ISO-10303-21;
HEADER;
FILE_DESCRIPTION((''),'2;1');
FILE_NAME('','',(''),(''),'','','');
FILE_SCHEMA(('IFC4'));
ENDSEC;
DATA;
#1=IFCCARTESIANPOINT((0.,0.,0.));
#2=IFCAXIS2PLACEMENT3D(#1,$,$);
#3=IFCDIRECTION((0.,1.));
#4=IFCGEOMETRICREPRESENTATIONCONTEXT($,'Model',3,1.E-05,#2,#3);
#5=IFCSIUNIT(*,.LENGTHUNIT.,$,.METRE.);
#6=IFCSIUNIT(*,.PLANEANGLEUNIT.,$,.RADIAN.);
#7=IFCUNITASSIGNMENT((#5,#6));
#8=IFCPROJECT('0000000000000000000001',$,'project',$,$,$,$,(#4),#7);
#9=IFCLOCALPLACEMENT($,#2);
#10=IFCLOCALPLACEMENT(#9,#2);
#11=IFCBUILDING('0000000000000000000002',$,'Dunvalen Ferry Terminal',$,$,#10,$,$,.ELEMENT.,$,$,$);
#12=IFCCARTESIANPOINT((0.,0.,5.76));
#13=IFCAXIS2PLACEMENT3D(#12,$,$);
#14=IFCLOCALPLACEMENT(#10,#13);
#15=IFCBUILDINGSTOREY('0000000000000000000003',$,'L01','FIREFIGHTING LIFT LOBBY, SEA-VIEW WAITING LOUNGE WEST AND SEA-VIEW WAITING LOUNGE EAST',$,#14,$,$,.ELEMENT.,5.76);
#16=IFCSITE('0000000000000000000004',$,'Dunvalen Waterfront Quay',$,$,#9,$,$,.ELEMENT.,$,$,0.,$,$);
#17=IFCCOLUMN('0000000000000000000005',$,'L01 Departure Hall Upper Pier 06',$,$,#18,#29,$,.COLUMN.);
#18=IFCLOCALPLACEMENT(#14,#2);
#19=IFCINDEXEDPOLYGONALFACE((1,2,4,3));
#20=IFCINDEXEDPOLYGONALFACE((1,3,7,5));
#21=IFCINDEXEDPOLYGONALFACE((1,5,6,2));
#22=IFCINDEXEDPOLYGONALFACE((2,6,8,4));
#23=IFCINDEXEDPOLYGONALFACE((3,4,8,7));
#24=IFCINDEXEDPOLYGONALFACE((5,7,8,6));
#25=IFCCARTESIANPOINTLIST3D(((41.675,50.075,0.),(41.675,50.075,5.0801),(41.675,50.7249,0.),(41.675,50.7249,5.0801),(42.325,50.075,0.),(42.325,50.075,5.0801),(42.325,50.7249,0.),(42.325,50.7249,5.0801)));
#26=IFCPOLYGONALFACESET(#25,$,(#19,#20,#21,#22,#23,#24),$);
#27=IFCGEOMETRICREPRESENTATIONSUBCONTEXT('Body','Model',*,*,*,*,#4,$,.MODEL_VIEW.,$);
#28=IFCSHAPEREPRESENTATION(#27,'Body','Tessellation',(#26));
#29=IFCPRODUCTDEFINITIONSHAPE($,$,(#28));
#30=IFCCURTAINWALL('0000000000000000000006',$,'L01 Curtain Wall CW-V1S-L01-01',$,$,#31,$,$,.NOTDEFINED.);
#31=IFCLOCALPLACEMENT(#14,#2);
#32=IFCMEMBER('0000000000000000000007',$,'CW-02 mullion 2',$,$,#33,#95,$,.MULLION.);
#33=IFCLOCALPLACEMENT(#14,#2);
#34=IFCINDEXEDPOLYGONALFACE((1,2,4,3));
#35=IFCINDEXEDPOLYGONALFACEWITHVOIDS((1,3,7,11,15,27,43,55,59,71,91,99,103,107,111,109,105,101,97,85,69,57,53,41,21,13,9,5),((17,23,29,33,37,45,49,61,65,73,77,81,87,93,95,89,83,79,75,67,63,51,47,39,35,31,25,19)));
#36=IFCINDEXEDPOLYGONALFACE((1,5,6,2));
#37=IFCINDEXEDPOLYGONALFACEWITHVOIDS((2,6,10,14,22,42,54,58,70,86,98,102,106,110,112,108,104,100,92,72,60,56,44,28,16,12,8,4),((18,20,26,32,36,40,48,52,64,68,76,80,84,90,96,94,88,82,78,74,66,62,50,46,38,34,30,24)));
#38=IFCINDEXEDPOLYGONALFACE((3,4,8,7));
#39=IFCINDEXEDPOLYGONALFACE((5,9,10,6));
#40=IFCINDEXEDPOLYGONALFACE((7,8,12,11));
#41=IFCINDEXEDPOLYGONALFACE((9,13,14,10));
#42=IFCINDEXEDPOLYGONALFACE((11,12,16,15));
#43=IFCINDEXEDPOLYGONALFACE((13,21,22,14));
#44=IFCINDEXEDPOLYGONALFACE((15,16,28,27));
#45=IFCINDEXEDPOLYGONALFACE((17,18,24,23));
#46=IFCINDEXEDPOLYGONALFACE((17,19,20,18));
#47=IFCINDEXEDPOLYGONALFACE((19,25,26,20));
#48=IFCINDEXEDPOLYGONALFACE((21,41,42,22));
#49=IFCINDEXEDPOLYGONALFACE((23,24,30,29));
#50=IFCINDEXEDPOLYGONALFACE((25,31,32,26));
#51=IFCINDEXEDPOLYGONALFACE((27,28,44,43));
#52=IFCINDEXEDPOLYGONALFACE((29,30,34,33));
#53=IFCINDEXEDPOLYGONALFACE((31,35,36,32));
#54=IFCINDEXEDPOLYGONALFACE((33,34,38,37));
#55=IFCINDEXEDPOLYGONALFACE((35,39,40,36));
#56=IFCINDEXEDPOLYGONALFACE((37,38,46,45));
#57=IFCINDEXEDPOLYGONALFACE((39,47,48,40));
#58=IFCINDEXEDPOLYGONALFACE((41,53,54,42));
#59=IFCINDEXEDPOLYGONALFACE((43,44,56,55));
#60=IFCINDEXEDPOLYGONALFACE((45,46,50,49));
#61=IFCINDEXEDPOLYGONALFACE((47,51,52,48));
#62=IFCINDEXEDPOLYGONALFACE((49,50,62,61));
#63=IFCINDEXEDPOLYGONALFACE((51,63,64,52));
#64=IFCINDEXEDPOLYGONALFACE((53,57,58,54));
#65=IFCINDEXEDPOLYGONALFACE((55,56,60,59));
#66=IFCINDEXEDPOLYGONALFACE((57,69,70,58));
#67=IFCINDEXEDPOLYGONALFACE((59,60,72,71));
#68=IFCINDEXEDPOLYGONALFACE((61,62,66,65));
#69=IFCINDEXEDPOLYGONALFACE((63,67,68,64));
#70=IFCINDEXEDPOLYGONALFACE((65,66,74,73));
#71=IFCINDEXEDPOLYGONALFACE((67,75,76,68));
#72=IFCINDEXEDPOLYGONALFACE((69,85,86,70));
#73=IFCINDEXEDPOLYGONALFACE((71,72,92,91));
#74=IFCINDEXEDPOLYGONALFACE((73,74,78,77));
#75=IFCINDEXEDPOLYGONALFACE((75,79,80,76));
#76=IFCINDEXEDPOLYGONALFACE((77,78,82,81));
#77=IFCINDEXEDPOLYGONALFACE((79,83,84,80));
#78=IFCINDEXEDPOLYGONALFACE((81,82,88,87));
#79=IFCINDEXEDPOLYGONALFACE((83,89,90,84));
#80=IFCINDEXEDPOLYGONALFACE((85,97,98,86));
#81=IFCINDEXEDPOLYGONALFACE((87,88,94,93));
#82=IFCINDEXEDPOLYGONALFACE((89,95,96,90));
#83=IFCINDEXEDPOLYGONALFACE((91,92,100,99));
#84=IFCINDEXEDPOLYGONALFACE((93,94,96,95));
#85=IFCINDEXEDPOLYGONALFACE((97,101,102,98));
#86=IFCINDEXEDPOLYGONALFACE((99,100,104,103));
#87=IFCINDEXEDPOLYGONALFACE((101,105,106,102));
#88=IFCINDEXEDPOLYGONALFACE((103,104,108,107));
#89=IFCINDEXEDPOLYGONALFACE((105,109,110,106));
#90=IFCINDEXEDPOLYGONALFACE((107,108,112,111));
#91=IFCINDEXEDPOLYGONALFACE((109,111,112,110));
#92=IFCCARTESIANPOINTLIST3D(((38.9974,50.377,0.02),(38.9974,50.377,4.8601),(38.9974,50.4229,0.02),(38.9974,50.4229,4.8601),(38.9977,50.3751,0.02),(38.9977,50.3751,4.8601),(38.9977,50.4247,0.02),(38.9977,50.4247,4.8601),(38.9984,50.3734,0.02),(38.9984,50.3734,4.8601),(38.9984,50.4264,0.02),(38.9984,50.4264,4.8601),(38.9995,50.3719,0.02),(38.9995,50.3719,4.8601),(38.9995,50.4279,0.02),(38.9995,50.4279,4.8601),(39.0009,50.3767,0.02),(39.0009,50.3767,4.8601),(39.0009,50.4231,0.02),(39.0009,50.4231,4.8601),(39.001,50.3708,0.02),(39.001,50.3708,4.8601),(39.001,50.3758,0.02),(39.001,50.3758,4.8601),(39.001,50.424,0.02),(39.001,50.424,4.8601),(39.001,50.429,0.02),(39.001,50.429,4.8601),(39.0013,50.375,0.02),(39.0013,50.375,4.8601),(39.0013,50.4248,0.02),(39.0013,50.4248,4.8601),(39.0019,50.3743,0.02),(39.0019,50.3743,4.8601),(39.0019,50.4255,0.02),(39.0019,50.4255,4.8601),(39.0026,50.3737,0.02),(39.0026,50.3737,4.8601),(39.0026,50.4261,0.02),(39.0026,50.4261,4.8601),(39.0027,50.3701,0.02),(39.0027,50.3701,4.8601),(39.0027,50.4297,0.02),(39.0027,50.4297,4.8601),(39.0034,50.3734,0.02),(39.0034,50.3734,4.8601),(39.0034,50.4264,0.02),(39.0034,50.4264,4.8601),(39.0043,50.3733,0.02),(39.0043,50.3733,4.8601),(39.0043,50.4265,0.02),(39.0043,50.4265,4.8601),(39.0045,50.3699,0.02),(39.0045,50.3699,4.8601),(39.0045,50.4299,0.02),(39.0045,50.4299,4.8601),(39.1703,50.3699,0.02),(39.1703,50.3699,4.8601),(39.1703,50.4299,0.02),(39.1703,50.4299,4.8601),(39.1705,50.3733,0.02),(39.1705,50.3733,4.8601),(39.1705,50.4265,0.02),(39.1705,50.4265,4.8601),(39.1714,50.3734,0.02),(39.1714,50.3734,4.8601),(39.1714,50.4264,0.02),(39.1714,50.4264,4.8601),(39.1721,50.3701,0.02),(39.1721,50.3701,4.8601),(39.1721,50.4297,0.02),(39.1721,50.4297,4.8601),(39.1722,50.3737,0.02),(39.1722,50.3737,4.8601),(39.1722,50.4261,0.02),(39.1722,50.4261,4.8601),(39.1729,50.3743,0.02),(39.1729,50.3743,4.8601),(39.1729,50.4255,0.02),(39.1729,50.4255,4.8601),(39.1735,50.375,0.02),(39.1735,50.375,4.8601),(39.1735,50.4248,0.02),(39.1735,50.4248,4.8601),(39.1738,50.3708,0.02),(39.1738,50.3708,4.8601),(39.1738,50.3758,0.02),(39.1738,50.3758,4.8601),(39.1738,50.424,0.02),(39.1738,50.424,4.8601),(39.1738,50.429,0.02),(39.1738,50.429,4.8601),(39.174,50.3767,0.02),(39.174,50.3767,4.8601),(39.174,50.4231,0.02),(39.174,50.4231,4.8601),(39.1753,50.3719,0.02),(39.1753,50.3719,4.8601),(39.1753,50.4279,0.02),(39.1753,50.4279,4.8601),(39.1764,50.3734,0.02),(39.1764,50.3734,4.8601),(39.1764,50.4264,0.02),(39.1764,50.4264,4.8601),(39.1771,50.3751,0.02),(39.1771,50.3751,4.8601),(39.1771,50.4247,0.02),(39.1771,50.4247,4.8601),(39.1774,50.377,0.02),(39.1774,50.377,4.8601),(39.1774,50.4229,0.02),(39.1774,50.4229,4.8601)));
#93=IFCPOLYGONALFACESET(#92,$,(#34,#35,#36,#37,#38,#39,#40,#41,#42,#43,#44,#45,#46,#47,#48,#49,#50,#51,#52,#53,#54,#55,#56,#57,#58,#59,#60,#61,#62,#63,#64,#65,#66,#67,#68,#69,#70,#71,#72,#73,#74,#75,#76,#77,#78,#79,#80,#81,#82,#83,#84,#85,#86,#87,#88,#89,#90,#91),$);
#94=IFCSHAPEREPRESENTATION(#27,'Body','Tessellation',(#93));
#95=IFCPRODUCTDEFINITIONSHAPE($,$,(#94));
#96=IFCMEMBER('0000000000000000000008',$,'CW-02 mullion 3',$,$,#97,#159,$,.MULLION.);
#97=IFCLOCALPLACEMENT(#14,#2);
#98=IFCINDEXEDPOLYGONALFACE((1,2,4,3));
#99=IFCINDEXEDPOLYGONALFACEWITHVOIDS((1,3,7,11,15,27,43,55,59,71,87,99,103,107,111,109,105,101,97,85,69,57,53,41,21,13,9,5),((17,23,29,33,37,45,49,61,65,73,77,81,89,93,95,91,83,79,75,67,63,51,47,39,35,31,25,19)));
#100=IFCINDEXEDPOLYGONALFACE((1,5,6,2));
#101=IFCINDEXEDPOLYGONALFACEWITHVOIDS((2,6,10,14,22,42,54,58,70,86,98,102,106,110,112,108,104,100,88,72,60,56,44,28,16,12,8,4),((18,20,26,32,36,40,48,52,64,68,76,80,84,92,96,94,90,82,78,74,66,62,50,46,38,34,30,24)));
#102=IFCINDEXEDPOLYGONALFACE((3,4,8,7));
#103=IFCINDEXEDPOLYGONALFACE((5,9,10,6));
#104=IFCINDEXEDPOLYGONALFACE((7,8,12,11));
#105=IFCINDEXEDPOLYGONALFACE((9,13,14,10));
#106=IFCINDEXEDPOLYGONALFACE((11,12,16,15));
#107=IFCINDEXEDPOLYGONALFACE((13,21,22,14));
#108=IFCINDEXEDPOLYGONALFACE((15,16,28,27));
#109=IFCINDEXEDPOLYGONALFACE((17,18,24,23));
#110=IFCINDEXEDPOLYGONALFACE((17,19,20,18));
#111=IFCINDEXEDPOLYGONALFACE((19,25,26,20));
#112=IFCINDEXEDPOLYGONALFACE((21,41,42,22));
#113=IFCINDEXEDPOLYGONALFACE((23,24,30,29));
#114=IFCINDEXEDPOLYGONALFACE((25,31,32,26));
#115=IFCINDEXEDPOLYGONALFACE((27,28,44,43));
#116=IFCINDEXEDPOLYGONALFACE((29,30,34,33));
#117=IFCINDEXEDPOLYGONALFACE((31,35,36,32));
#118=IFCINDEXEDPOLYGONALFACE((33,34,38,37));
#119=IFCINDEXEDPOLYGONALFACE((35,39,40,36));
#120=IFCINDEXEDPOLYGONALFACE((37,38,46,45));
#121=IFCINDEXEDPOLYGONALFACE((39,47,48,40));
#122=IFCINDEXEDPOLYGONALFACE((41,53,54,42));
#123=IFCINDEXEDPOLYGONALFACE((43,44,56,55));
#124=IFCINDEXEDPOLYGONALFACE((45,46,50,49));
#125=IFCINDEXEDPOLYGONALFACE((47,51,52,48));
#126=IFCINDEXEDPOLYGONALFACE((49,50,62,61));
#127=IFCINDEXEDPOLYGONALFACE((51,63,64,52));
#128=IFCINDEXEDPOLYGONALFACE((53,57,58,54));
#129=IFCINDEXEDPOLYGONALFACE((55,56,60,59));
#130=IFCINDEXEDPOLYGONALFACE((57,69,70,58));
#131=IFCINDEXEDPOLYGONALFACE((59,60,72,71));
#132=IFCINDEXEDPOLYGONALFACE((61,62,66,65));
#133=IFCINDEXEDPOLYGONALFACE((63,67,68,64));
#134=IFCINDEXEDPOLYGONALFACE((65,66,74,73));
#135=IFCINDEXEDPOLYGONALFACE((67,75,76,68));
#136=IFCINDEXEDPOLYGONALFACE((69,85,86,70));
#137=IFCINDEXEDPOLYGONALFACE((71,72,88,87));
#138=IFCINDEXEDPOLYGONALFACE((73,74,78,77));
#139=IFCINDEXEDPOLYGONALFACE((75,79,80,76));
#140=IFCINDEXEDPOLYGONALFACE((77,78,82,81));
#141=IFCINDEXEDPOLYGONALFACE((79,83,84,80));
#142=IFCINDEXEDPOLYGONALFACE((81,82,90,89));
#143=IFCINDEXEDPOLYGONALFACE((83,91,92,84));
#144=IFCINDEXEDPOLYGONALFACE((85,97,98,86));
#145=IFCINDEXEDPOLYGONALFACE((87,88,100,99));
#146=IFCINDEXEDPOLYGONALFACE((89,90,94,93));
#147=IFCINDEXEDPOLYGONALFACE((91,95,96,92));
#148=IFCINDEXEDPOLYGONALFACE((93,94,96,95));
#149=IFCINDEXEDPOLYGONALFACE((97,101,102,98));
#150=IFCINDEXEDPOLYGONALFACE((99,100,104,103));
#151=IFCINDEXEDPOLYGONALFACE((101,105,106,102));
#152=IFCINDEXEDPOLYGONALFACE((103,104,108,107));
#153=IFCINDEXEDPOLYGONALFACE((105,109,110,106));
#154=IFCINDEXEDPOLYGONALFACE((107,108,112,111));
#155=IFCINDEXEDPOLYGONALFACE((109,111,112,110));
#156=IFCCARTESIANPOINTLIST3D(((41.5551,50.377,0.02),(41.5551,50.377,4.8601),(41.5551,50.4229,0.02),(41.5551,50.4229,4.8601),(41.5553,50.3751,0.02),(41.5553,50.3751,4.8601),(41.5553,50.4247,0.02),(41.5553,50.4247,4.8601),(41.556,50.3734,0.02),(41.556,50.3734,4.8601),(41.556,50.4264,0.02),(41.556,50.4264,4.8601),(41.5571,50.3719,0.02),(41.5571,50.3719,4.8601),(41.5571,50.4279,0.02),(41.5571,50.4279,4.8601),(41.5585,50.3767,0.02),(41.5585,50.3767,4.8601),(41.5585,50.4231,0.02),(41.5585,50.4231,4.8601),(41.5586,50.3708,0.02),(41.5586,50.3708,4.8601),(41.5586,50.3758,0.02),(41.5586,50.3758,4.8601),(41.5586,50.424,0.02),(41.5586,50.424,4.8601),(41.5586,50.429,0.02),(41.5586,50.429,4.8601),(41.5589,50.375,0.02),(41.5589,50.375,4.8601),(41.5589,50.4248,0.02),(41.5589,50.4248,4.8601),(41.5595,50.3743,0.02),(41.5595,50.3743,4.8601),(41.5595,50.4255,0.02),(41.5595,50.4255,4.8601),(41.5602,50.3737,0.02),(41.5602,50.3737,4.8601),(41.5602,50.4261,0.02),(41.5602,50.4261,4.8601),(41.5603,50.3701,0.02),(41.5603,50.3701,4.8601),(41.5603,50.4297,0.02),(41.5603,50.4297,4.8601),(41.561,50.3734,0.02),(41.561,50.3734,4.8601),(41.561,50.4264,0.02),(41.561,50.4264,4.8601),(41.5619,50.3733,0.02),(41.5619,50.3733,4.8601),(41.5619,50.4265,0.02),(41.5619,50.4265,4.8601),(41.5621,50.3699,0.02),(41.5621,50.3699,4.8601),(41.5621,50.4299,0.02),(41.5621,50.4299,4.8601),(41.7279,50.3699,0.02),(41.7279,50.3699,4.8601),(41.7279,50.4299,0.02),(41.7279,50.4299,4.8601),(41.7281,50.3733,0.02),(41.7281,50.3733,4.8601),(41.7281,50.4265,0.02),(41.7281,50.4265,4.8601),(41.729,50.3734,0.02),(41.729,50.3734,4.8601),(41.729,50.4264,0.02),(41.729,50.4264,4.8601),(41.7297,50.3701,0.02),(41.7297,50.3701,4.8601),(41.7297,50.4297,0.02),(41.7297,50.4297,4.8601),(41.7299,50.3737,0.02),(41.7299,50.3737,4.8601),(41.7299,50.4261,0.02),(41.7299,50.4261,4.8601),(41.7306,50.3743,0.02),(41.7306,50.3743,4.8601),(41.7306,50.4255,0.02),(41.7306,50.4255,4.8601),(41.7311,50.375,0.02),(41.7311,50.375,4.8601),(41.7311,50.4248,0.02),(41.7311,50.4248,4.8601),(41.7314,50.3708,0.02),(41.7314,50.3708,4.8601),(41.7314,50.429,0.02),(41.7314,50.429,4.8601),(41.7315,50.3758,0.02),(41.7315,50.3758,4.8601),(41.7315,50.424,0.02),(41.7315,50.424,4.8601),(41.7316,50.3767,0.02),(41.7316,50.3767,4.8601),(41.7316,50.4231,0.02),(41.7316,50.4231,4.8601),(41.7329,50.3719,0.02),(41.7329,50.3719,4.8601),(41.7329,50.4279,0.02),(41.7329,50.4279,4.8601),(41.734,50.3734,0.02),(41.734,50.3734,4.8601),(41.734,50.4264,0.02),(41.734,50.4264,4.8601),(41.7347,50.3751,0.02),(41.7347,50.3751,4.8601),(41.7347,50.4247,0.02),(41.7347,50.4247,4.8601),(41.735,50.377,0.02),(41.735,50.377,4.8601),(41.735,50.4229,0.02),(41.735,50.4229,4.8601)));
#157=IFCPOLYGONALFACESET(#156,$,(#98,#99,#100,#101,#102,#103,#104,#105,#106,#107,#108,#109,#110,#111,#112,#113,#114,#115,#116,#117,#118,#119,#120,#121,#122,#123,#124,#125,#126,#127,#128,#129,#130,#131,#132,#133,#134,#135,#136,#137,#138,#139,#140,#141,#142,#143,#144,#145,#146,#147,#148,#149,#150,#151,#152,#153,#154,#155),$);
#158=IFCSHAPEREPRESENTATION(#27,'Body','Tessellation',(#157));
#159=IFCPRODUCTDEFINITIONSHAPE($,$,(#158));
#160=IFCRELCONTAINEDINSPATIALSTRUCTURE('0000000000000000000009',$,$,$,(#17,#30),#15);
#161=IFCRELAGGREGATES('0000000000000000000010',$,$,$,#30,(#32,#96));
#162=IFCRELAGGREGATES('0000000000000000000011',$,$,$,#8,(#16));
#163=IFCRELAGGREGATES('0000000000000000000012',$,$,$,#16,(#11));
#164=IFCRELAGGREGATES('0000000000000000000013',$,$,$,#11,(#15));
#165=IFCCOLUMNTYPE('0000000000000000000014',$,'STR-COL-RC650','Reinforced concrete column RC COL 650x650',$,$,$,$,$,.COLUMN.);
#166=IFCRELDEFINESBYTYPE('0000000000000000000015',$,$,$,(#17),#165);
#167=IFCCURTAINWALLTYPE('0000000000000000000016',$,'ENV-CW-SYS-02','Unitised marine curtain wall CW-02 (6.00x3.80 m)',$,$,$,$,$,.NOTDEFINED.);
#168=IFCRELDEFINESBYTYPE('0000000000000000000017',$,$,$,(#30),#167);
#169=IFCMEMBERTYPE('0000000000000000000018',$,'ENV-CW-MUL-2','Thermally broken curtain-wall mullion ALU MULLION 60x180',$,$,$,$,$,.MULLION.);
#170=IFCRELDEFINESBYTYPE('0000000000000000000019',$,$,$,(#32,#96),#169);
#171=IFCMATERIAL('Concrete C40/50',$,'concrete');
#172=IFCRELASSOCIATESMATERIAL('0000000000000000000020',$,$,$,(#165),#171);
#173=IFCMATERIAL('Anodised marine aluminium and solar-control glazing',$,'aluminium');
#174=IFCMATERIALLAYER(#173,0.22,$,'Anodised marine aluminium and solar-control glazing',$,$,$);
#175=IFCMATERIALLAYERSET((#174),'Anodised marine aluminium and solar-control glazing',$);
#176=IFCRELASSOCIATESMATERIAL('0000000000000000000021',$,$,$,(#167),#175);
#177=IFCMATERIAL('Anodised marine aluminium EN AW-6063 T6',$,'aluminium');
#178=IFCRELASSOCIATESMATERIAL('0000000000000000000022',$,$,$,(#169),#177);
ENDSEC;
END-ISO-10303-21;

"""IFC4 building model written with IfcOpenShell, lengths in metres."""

from ifc_helpers import new_model, si_unit, direction, frame, origin, origin_2d, place, context, subcontext, project, spatial, rectangle, hollow_rectangle, extrude, material, layer, layer_set, material_profile, profile_set, type_object, element, aggregate, save


model = new_model("IFC4")

# Units and contexts
model_context = context("Model", 3, precision=1e-05, world=origin(), true_north=direction((0.0, 1.0)))
body_context = subcontext(model_context, "Body", "Model", "MODEL_VIEW")
ifc_project = project(units=[si_unit("LENGTHUNIT", "METRE"), si_unit("PLANEANGLEUNIT", "RADIAN")], contexts=[model_context])

# Site, building, storey
site_placement = place(None, origin())
site = spatial("IfcSite", under=ifc_project, at=site_placement, Name="Dunvalen Waterfront Quay", CompositionType="ELEMENT", RefElevation=0.0)
building_placement = place(site_placement, origin())
building = spatial("IfcBuilding", under=site, at=building_placement, Name="Dunvalen Ferry Terminal", CompositionType="ELEMENT")
storey_placement = place(building_placement, frame((0.0, 0.0, 5.76)))
storey = spatial("IfcBuildingStorey", under=building, at=storey_placement, Name="L01", Description="FIREFIGHTING LIFT LOBBY, SEA-VIEW WAITING LOUNGE WEST AND SEA-VIEW WAITING LOUNGE EAST", CompositionType="ELEMENT", Elevation=5.76)

# Column
ifc_material_1 = material(Name="Concrete C40/50", Category="concrete")
ifc_material_profile_1 = material_profile(ifc_material_1, rectangle(XDim=0.6499, YDim=0.6499, at=origin_2d()), Name="Concrete C40/50")
ifc_profile_set_1 = profile_set([ifc_material_profile_1], Name="Concrete C40/50")
column_type = type_object("IfcColumnType", Name="STR-COL-RC650", Description="Reinforced concrete column RC COL 650x650", PredefinedType="COLUMN", material=ifc_profile_set_1)
column_placement = place(storey_placement, frame((42.0, 50.3999, 0.0), z_axis=(0.0, 0.0, 1.0), x_axis=(1.0, 0.0, 0.0)))
element("IfcColumn", 1, at=column_placement, inside=storey, type_object=column_type, Name="L01 Departure Hall Upper Pier 06", PredefinedType="COLUMN", context=body_context, shape_type="SweptSolid", body=[
    extrude(rectangle(XDim=0.6499, YDim=0.6499, at=origin_2d()), origin(), (0.0, 0.0, 1.0), 5.0801),
])

# Curtain wall, members
ifc_material_2 = material(Name="Anodised marine aluminium and solar-control glazing", Category="aluminium")
ifc_layer_1 = layer(ifc_material_2, 0.22, Name="Anodised marine aluminium and solar-control glazing")
ifc_layer_set_1 = layer_set([ifc_layer_1], Name="Anodised marine aluminium and solar-control glazing")
curtain_wall_type = type_object("IfcCurtainWallType", Name="ENV-CW-SYS-02", Description="Unitised marine curtain wall CW-02 (6.00x3.80 m)", PredefinedType="NOTDEFINED", material=ifc_layer_set_1)
curtain_wall_1_placement = place(storey_placement, origin())
curtain_wall_1 = element("IfcCurtainWall", 2, at=curtain_wall_1_placement, inside=storey, type_object=curtain_wall_type, Name="L01 Curtain Wall CW-V1S-L01-01", PredefinedType="NOTDEFINED")
ifc_material_3 = material(Name="Anodised marine aluminium EN AW-6063 T6", Category="aluminium")
ifc_material_profile_2 = material_profile(ifc_material_3, hollow_rectangle(XDim=0.0601, YDim=0.1799, WallThickness=0.0034, InnerFilletRadius=0.0034, OuterFilletRadius=0.0071, at=origin_2d()), Name="Anodised marine aluminium EN AW-6063 T6")
ifc_profile_set_2 = profile_set([ifc_material_profile_2], Name="Anodised marine aluminium EN AW-6063 T6")
member_type_1 = type_object("IfcMemberType", Name="ENV-CW-MUL-2", Description="Thermally broken curtain-wall mullion ALU MULLION 60x180", PredefinedType="MULLION", material=ifc_profile_set_2)
member_1_placement = place(storey_placement, frame((39.0874, 50.3999, 0.02), z_axis=(0.0, 0.0, 1.0), x_axis=(0.0, 1.0, 0.0)))
member_1 = element("IfcMember", 3, at=member_1_placement, type_object=member_type_1, Name="CW-02 mullion 2", PredefinedType="MULLION", context=body_context, shape_type="SweptSolid", body=[
    extrude(hollow_rectangle(XDim=0.0601, YDim=0.1799, WallThickness=0.0034, InnerFilletRadius=0.0034, OuterFilletRadius=0.0071, at=origin_2d()), origin(), (0.0, 0.0, 1.0), 4.8401),
])
member_2_placement = place(storey_placement, frame((41.645, 50.3999, 0.02), z_axis=(0.0, 0.0, 1.0), x_axis=(0.0, 1.0, 0.0)))
member_2 = element("IfcMember", 4, at=member_2_placement, type_object=member_type_1, Name="CW-02 mullion 3", PredefinedType="MULLION", context=body_context, shape_type="SweptSolid", body=[
    extrude(hollow_rectangle(XDim=0.0601, YDim=0.1799, WallThickness=0.0034, InnerFilletRadius=0.0034, OuterFilletRadius=0.0071, at=origin_2d()), origin(), (0.0, 0.0, 1.0), 4.8401),
])

aggregate(curtain_wall_1, [member_1, member_2])

save(model, "model.ifc")
